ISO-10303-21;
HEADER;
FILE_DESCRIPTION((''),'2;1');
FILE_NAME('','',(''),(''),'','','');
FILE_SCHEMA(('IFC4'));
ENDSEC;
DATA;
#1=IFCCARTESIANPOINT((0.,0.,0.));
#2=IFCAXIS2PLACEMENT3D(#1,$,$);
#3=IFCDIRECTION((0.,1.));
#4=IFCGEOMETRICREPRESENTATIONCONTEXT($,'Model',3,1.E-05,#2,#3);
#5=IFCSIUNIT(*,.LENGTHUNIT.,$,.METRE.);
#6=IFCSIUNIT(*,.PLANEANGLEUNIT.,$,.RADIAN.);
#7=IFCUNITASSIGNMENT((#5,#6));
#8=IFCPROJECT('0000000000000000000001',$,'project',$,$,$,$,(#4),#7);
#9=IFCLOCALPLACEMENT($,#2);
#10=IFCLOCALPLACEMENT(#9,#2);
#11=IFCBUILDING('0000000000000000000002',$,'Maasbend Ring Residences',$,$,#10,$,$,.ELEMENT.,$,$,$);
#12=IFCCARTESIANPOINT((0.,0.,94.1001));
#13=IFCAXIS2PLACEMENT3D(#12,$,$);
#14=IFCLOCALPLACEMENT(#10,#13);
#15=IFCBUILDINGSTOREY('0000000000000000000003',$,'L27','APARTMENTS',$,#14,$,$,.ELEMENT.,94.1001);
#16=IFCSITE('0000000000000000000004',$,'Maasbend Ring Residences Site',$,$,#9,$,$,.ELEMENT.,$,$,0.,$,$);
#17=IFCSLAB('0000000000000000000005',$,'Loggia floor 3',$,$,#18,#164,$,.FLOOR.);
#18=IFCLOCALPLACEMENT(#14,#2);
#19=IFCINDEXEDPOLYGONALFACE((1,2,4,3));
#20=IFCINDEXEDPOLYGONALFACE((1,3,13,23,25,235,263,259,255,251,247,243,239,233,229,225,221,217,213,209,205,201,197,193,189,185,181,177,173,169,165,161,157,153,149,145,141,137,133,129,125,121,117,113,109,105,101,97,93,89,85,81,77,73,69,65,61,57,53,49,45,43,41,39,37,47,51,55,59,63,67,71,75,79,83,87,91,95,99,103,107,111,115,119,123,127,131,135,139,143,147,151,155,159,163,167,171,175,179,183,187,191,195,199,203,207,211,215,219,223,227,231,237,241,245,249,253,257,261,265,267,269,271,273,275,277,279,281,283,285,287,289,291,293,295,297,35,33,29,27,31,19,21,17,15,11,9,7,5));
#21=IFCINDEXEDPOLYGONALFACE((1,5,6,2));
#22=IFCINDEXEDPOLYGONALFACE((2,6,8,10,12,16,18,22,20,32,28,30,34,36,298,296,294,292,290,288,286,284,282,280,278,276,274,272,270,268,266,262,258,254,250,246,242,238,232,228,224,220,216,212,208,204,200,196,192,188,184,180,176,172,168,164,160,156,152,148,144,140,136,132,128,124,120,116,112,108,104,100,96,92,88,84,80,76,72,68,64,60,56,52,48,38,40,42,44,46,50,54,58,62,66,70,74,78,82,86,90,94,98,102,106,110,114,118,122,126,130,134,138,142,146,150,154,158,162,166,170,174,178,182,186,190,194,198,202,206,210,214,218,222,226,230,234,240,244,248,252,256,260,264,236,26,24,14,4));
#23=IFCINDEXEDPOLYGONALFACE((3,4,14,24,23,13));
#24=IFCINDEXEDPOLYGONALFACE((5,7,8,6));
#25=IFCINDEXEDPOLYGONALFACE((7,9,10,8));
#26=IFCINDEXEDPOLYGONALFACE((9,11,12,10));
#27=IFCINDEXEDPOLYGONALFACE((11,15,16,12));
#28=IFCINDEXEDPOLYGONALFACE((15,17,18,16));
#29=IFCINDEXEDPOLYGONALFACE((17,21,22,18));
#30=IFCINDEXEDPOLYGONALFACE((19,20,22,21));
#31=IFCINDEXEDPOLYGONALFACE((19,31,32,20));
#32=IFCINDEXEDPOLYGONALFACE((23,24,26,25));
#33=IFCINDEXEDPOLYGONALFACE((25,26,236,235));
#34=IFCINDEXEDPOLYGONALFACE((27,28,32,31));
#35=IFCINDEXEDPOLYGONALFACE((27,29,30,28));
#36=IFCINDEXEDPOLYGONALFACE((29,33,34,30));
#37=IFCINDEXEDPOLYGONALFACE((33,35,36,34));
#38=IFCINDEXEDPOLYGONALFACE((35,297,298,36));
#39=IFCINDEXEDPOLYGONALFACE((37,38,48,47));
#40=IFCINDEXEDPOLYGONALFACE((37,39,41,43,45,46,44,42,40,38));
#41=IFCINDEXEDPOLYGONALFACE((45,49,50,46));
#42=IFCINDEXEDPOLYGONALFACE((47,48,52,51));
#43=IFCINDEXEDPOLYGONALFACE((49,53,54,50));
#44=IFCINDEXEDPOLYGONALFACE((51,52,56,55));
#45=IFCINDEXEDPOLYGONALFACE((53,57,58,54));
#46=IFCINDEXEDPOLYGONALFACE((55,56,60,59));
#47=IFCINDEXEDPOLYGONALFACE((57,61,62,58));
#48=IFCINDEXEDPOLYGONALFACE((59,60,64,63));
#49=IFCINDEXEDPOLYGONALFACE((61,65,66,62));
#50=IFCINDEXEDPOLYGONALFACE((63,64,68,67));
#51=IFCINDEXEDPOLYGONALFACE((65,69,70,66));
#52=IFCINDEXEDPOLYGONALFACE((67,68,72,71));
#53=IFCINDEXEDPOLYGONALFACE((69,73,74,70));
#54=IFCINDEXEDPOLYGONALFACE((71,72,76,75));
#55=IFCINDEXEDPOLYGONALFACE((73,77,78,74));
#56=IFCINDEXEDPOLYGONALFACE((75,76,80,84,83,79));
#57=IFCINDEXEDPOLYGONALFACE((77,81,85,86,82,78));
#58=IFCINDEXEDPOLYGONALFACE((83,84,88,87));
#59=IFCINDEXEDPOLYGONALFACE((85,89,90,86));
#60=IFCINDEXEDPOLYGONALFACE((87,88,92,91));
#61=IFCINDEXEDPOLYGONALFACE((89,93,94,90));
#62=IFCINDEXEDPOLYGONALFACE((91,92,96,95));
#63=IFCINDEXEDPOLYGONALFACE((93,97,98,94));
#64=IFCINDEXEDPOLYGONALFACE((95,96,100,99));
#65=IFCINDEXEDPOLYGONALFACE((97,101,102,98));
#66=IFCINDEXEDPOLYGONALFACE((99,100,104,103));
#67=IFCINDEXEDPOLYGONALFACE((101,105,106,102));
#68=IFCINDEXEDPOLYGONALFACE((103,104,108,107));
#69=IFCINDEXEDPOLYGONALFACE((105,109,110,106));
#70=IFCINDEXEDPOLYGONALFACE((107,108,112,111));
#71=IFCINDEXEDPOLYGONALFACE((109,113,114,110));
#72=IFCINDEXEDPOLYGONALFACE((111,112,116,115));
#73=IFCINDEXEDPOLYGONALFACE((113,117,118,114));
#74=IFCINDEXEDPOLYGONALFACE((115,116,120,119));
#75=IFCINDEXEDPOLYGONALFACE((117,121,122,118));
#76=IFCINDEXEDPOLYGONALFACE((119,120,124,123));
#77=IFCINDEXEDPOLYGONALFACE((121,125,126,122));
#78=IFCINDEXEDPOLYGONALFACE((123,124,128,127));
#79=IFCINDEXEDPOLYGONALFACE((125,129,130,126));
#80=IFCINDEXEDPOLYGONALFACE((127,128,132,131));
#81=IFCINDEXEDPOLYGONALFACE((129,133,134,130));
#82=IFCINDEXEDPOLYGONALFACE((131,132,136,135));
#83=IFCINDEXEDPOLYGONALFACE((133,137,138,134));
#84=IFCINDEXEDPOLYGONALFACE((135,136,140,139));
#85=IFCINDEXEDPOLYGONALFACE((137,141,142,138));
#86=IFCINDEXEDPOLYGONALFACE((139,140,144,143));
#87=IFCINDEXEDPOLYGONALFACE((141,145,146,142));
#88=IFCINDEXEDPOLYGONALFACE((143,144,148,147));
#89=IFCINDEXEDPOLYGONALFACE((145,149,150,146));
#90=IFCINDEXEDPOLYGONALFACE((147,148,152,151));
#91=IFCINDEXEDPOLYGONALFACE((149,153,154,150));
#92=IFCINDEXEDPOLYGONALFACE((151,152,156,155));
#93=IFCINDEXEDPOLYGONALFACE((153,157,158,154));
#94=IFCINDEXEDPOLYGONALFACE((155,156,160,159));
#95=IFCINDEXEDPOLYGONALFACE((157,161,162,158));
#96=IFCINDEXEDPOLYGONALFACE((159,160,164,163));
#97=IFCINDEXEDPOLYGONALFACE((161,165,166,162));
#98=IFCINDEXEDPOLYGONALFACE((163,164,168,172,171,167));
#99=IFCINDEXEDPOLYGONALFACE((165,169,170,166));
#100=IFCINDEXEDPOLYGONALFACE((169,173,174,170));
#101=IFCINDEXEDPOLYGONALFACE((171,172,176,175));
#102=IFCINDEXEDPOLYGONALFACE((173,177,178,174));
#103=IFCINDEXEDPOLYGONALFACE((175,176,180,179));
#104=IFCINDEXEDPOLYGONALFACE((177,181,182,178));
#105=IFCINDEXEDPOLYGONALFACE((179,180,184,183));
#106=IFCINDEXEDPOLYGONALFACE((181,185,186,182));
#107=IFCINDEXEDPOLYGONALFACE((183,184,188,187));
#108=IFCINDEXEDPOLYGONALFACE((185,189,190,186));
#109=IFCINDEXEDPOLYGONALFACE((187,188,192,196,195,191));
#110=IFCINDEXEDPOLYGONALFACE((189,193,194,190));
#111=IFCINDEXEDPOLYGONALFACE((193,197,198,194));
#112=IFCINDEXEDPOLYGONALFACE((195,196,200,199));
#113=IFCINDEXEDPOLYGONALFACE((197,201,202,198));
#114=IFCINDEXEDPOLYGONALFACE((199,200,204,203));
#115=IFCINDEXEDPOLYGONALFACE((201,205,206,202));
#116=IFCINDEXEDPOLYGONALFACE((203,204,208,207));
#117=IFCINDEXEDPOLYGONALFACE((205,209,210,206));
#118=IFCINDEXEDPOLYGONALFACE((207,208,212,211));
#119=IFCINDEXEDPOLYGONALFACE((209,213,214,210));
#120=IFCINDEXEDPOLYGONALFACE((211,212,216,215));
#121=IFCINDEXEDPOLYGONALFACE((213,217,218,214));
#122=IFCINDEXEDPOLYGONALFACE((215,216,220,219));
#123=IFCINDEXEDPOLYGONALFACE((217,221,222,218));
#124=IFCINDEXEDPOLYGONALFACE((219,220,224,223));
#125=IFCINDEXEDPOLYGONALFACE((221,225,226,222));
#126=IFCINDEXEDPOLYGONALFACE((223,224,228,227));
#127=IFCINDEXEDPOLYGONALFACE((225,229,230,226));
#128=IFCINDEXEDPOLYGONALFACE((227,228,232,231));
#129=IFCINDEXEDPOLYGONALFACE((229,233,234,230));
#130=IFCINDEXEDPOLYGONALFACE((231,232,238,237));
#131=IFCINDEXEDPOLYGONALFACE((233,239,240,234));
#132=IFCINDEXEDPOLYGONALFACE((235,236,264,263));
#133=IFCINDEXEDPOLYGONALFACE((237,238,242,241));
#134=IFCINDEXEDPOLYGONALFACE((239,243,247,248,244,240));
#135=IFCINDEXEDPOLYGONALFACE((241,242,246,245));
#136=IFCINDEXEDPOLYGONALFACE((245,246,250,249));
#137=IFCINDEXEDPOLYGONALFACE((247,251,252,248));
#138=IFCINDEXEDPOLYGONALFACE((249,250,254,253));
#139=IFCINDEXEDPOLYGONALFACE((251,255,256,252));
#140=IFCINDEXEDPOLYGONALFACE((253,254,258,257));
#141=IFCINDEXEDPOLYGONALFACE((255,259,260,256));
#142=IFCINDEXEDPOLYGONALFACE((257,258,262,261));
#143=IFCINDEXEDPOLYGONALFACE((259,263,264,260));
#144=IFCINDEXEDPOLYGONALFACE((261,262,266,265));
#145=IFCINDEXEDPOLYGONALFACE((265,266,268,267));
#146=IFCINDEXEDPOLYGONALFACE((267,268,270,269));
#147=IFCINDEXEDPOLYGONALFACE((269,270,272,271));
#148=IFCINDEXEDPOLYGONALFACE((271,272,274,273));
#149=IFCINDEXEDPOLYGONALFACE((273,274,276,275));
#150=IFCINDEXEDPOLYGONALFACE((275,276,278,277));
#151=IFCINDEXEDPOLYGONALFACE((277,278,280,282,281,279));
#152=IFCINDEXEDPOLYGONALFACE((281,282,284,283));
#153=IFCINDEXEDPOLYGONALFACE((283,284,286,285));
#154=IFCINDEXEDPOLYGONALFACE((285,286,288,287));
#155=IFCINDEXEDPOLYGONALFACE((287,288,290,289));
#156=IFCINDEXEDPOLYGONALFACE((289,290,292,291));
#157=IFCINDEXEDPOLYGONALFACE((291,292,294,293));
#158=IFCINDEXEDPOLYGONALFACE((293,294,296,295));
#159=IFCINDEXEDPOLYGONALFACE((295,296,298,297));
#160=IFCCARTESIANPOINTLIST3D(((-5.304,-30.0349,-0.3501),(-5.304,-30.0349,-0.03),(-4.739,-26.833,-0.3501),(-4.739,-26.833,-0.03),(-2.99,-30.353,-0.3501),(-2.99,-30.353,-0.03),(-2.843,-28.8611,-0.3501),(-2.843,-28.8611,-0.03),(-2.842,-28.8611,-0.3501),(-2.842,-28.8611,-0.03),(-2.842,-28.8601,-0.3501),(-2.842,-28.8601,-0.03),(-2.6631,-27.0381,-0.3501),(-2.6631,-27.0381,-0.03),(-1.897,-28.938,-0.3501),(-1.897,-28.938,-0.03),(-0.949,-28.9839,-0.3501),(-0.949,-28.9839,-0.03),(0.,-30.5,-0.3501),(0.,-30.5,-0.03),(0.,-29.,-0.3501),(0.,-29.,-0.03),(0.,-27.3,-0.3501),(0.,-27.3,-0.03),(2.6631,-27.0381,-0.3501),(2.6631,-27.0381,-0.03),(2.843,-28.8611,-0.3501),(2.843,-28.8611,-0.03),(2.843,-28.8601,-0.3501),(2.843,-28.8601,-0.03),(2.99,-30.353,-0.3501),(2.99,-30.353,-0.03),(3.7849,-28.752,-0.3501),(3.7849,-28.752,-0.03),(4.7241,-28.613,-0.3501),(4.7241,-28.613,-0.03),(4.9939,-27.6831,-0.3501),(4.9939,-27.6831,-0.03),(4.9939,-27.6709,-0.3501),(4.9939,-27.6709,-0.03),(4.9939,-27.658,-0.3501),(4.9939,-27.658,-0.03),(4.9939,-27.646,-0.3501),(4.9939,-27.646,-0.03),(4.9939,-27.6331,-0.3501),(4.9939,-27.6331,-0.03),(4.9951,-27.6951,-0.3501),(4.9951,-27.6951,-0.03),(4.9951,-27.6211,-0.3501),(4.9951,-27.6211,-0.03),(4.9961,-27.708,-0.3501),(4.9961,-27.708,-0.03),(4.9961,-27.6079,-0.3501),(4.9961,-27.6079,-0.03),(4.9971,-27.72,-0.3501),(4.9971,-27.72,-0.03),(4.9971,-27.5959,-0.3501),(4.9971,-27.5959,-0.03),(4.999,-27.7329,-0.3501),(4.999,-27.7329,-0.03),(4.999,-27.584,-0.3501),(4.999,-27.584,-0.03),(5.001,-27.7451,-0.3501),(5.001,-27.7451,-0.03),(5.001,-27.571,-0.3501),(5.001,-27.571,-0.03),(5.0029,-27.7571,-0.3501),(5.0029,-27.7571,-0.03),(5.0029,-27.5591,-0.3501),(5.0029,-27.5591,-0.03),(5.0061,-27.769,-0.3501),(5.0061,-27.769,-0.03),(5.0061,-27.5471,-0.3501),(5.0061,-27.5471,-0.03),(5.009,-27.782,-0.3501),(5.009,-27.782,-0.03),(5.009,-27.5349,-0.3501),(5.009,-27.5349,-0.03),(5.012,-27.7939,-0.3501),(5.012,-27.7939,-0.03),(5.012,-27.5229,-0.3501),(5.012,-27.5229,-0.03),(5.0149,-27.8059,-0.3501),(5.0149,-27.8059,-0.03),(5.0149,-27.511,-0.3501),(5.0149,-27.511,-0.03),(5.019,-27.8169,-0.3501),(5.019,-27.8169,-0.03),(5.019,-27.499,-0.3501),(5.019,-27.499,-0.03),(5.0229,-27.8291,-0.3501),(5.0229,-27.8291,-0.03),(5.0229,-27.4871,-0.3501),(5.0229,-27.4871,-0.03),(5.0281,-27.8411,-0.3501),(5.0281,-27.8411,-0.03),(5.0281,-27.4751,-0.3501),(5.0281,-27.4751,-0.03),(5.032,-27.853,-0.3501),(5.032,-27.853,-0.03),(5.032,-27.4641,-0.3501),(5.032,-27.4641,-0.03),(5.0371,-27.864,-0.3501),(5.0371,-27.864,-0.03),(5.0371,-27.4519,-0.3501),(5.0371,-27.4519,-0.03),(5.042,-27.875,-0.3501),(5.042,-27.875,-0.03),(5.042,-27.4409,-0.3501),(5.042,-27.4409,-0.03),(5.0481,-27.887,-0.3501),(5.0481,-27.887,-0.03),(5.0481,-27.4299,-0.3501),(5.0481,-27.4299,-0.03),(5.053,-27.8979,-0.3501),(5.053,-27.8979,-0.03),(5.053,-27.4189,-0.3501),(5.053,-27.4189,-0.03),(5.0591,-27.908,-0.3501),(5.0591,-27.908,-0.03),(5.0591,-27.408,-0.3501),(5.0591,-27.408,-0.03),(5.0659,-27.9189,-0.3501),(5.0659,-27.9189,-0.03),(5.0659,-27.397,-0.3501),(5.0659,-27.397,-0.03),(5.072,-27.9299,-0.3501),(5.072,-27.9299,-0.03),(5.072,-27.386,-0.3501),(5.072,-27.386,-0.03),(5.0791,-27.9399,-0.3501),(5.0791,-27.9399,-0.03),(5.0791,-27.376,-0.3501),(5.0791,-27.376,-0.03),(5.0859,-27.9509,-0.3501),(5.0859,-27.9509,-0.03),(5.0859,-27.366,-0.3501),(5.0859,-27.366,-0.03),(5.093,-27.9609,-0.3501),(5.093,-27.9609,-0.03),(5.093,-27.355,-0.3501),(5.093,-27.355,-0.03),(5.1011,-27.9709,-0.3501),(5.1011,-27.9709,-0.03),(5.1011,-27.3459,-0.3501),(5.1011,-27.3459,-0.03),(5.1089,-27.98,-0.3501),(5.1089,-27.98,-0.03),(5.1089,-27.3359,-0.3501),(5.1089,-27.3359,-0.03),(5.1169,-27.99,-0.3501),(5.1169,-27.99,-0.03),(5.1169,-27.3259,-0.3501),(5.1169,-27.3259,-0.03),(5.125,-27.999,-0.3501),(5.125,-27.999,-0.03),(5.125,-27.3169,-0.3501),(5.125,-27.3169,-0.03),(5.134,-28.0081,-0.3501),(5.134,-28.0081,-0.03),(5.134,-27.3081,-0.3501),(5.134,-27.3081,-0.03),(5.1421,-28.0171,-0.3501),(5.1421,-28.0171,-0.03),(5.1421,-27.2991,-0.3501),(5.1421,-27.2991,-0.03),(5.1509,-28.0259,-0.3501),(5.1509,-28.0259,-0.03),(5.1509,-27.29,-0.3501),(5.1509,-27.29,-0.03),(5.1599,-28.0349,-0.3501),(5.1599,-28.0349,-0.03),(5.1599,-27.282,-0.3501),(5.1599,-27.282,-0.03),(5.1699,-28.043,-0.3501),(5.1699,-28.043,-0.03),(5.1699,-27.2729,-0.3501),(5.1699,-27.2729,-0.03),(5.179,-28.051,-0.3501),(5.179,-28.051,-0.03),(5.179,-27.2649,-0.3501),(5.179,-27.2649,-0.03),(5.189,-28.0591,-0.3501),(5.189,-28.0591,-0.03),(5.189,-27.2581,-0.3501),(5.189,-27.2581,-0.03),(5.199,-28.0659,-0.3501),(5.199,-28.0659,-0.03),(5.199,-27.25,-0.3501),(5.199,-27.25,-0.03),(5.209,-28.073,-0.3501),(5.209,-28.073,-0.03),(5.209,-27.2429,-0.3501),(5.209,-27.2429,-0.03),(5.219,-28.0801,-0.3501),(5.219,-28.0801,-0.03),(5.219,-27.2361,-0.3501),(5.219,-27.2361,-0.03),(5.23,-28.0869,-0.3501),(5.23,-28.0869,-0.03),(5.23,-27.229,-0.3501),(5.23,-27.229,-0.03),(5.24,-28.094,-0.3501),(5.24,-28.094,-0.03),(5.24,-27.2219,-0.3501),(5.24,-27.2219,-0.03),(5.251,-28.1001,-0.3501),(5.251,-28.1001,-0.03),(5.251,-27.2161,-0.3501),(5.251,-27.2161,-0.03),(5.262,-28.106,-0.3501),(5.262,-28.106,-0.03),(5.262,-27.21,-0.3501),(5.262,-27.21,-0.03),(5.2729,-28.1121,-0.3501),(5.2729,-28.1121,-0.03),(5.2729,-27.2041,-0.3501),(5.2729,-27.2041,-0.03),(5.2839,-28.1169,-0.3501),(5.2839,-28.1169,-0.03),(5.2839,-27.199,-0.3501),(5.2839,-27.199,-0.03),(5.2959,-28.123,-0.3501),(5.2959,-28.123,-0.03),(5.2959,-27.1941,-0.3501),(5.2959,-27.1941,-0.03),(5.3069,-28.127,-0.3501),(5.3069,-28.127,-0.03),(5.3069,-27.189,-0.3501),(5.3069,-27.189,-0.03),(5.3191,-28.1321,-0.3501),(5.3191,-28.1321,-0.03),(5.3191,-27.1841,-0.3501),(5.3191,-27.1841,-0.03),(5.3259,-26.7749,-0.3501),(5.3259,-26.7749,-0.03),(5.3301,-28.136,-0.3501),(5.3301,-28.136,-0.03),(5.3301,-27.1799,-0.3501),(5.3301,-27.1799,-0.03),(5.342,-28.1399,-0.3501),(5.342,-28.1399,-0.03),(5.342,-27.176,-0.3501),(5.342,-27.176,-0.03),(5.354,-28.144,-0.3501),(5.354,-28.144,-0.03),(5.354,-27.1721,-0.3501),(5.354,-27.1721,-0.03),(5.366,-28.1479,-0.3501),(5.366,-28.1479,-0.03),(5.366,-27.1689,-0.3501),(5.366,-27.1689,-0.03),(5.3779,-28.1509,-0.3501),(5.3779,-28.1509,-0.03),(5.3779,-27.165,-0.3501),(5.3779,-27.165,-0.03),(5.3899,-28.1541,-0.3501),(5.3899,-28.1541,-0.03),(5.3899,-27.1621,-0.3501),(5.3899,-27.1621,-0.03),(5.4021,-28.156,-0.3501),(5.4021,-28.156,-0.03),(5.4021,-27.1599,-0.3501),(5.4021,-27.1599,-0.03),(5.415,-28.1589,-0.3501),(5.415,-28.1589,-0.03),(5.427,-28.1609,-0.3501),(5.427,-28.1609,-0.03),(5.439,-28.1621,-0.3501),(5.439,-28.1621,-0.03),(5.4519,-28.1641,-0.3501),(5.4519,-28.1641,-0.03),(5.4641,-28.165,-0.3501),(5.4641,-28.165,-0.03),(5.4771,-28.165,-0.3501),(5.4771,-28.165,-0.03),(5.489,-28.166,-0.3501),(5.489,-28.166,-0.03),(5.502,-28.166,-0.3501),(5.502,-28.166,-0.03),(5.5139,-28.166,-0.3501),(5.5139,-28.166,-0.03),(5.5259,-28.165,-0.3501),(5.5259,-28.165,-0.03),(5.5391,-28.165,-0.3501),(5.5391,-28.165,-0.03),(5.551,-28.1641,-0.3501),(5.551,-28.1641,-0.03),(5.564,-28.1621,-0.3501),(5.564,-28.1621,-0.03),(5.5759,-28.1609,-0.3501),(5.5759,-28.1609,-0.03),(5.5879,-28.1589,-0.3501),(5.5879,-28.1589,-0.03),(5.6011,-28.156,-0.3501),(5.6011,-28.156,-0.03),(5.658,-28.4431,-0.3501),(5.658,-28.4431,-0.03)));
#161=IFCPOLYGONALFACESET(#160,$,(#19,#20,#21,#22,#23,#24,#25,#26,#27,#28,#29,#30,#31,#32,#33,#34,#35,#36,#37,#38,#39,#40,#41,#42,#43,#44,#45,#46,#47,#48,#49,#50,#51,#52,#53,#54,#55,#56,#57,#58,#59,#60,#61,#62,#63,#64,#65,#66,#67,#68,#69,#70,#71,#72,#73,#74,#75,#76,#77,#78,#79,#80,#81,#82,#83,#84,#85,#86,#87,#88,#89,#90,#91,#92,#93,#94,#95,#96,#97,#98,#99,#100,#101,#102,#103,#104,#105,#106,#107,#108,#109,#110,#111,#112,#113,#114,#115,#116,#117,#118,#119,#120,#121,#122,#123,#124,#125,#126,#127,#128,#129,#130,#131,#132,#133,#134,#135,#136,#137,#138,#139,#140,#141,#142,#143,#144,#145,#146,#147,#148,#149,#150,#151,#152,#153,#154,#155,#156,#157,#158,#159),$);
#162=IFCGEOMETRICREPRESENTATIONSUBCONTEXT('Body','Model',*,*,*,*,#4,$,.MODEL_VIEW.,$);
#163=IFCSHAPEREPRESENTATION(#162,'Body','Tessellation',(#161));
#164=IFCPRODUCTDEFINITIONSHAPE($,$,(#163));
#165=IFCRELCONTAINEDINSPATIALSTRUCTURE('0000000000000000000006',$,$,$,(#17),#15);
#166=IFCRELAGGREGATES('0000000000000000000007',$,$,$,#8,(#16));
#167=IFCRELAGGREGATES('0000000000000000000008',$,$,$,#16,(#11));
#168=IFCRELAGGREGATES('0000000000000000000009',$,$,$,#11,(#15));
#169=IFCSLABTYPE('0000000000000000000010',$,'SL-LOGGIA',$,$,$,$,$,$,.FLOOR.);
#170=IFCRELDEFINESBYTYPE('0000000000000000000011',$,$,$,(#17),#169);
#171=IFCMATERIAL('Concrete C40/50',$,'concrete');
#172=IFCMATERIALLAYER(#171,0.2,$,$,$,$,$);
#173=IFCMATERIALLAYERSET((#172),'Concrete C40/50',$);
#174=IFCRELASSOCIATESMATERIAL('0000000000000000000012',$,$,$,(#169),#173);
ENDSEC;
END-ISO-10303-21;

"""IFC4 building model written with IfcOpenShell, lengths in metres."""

from ifc_helpers import new_model, si_unit, direction, frame, origin, place, context, subcontext, project, spatial, polyline, outline, extrude, material, layer, layer_set, type_object, element, save


model = new_model("IFC4")

# Units and contexts
model_context = context("Model", 3, precision=1e-05, world=origin(), true_north=direction((0.0, 1.0)))
body_context = subcontext(model_context, "Body", "Model", "MODEL_VIEW")
ifc_project = project(units=[si_unit("LENGTHUNIT", "METRE"), si_unit("PLANEANGLEUNIT", "RADIAN")], contexts=[model_context])

# Site, building, storey
site_placement = place(None, origin())
site = spatial("IfcSite", under=ifc_project, at=site_placement, Name="Maasbend Ring Residences Site", CompositionType="ELEMENT", RefElevation=0.0)
building_placement = place(site_placement, origin())
building = spatial("IfcBuilding", under=site, at=building_placement, Name="Maasbend Ring Residences", CompositionType="ELEMENT")
storey_placement = place(building_placement, frame((0.0, 0.0, 94.1001)))
storey = spatial("IfcBuildingStorey", under=building, at=storey_placement, Name="L27", Description="APARTMENTS", CompositionType="ELEMENT", Elevation=94.1001)

# Slab
ifc_material_1 = material(Name="Concrete C40/50", Category="concrete")
ifc_layer_1 = layer(ifc_material_1, 0.2)
ifc_layer_set_1 = layer_set([ifc_layer_1], Name="Concrete C40/50")
slab_type = type_object("IfcSlabType", Name="SL-LOGGIA", PredefinedType="FLOOR", material=ifc_layer_set_1)
slab_1_placement = place(storey_placement, frame((0.0, 0.0, -0.3501)))
element("IfcSlab", 1, at=slab_1_placement, inside=storey, type_object=slab_type, Name="Loggia floor 3", PredefinedType="FLOOR", context=body_context, shape_type="SweptSolid", body=[
    extrude(outline(polyline([(-2.6631, -27.0381), (0.0, -27.3), (0.0, -27.3), (0.0, -27.3), (2.6631, -27.0381), (5.3259, -26.7749), (5.3259, -26.7749), (5.3259, -26.7749), (5.4021, -27.1599), (5.4021, -27.1599), (5.3899, -27.1621), (5.3779, -27.165), (5.366, -27.1689), (5.354, -27.1721), (5.342, -27.176), (5.3301, -27.1799), (5.3191, -27.1841), (5.3069, -27.189), (5.2959, -27.1941), (5.2839, -27.199), (5.2729, -27.2041), (5.262, -27.21), (5.251, -27.2161), (5.24, -27.2219), (5.23, -27.229), (5.219, -27.2361), (5.209, -27.2429), (5.199, -27.25), (5.189, -27.2581), (5.179, -27.2649), (5.1699, -27.2729), (5.1599, -27.282), (5.1509, -27.29), (5.1421, -27.2991), (5.134, -27.3081), (5.125, -27.3169), (5.1169, -27.3259), (5.1089, -27.3359), (5.1011, -27.3459), (5.093, -27.355), (5.0859, -27.366), (5.0791, -27.376), (5.072, -27.386), (5.0659, -27.397), (5.0591, -27.408), (5.053, -27.4189), (5.0481, -27.4299), (5.042, -27.4409), (5.0371, -27.4519), (5.032, -27.4641), (5.0281, -27.4751), (5.0229, -27.4871), (5.019, -27.499), (5.0149, -27.511), (5.012, -27.5229), (5.009, -27.5349), (5.0061, -27.5471), (5.0029, -27.5591), (5.001, -27.571), (4.999, -27.584), (4.9971, -27.5959), (4.9961, -27.6079), (4.9951, -27.6211), (4.9939, -27.6331), (4.9939, -27.646), (4.9939, -27.658), (4.9939, -27.6709), (4.9939, -27.6831), (4.9951, -27.6951), (4.9961, -27.708), (4.9971, -27.72), (4.999, -27.7329), (5.001, -27.7451), (5.0029, -27.7571), (5.0061, -27.769), (5.009, -27.782), (5.012, -27.7939), (5.0149, -27.8059), (5.019, -27.8169), (5.0229, -27.8291), (5.0281, -27.8411), (5.032, -27.853), (5.0371, -27.864), (5.042, -27.875), (5.0481, -27.887), (5.053, -27.8979), (5.0591, -27.908), (5.0659, -27.9189), (5.072, -27.9299), (5.0791, -27.9399), (5.0859, -27.9509), (5.093, -27.9609), (5.1011, -27.9709), (5.1089, -27.98), (5.1169, -27.99), (5.125, -27.999), (5.134, -28.0081), (5.1421, -28.0171), (5.1509, -28.0259), (5.1599, -28.0349), (5.1699, -28.043), (5.179, -28.051), (5.189, -28.0591), (5.199, -28.0659), (5.209, -28.073), (5.219, -28.0801), (5.23, -28.0869), (5.24, -28.094), (5.251, -28.1001), (5.262, -28.106), (5.2729, -28.1121), (5.2839, -28.1169), (5.2959, -28.123), (5.3069, -28.127), (5.3191, -28.1321), (5.3301, -28.136), (5.342, -28.1399), (5.354, -28.144), (5.366, -28.1479), (5.3779, -28.1509), (5.3899, -28.1541), (5.4021, -28.156), (5.415, -28.1589), (5.427, -28.1609), (5.439, -28.1621), (5.4519, -28.1641), (5.4641, -28.165), (5.4771, -28.165), (5.489, -28.166), (5.502, -28.166), (5.5139, -28.166), (5.5259, -28.165), (5.5391, -28.165), (5.551, -28.1641), (5.564, -28.1621), (5.5759, -28.1609), (5.5879, -28.1589), (5.6011, -28.156), (5.6011, -28.156), (5.658, -28.4431), (5.658, -28.4431), (5.658, -28.4431), (4.7241, -28.613), (4.7241, -28.613), (3.7849, -28.752), (3.7849, -28.752), (2.843, -28.8601), (2.843, -28.8601), (2.843, -28.8601), (2.843, -28.8601), (2.843, -28.8601), (2.843, -28.8601), (2.843, -28.8601), (2.843, -28.8601), (2.843, -28.8601), (2.843, -28.8611), (2.843, -28.8611), (2.843, -28.8611), (2.843, -28.8611), (2.843, -28.8611), (2.843, -28.8611), (2.843, -28.8611), (2.843, -28.8611), (2.99, -30.353), (2.99, -30.353), (2.99, -30.353), (0.0, -30.5), (0.0, -30.5), (0.0, -30.5), (0.0, -29.0), (0.0, -29.0), (0.0, -29.0), (0.0, -29.0), (0.0, -29.0), (0.0, -29.0), (0.0, -29.0), (0.0, -29.0), (0.0, -29.0), (0.0, -29.0), (0.0, -29.0), (0.0, -29.0), (0.0, -29.0), (0.0, -29.0), (0.0, -29.0), (0.0, -29.0), (0.0, -29.0), (-0.949, -28.9839), (-0.949, -28.9839), (-1.897, -28.938), (-1.897, -28.938), (-2.842, -28.8601), (-2.842, -28.8601), (-2.842, -28.8601), (-2.842, -28.8601), (-2.842, -28.8601), (-2.842, -28.8601), (-2.842, -28.8601), (-2.842, -28.8601), (-2.842, -28.8611), (-2.842, -28.8611), (-2.842, -28.8611), (-2.842, -28.8611), (-2.842, -28.8611), (-2.843, -28.8611), (-2.843, -28.8611), (-2.843, -28.8611), (-2.843, -28.8611), (-2.99, -30.353), (-2.99, -30.353), (-2.99, -30.353), (-5.304, -30.0349), (-5.304, -30.0349), (-5.304, -30.0349), (-4.739, -26.833), (-4.739, -26.833), (-4.739, -26.833), (-2.6631, -27.0381)])), origin(), (0.0, 0.0, 1.0), 0.3201),
])

save(model, "model.ifc")
